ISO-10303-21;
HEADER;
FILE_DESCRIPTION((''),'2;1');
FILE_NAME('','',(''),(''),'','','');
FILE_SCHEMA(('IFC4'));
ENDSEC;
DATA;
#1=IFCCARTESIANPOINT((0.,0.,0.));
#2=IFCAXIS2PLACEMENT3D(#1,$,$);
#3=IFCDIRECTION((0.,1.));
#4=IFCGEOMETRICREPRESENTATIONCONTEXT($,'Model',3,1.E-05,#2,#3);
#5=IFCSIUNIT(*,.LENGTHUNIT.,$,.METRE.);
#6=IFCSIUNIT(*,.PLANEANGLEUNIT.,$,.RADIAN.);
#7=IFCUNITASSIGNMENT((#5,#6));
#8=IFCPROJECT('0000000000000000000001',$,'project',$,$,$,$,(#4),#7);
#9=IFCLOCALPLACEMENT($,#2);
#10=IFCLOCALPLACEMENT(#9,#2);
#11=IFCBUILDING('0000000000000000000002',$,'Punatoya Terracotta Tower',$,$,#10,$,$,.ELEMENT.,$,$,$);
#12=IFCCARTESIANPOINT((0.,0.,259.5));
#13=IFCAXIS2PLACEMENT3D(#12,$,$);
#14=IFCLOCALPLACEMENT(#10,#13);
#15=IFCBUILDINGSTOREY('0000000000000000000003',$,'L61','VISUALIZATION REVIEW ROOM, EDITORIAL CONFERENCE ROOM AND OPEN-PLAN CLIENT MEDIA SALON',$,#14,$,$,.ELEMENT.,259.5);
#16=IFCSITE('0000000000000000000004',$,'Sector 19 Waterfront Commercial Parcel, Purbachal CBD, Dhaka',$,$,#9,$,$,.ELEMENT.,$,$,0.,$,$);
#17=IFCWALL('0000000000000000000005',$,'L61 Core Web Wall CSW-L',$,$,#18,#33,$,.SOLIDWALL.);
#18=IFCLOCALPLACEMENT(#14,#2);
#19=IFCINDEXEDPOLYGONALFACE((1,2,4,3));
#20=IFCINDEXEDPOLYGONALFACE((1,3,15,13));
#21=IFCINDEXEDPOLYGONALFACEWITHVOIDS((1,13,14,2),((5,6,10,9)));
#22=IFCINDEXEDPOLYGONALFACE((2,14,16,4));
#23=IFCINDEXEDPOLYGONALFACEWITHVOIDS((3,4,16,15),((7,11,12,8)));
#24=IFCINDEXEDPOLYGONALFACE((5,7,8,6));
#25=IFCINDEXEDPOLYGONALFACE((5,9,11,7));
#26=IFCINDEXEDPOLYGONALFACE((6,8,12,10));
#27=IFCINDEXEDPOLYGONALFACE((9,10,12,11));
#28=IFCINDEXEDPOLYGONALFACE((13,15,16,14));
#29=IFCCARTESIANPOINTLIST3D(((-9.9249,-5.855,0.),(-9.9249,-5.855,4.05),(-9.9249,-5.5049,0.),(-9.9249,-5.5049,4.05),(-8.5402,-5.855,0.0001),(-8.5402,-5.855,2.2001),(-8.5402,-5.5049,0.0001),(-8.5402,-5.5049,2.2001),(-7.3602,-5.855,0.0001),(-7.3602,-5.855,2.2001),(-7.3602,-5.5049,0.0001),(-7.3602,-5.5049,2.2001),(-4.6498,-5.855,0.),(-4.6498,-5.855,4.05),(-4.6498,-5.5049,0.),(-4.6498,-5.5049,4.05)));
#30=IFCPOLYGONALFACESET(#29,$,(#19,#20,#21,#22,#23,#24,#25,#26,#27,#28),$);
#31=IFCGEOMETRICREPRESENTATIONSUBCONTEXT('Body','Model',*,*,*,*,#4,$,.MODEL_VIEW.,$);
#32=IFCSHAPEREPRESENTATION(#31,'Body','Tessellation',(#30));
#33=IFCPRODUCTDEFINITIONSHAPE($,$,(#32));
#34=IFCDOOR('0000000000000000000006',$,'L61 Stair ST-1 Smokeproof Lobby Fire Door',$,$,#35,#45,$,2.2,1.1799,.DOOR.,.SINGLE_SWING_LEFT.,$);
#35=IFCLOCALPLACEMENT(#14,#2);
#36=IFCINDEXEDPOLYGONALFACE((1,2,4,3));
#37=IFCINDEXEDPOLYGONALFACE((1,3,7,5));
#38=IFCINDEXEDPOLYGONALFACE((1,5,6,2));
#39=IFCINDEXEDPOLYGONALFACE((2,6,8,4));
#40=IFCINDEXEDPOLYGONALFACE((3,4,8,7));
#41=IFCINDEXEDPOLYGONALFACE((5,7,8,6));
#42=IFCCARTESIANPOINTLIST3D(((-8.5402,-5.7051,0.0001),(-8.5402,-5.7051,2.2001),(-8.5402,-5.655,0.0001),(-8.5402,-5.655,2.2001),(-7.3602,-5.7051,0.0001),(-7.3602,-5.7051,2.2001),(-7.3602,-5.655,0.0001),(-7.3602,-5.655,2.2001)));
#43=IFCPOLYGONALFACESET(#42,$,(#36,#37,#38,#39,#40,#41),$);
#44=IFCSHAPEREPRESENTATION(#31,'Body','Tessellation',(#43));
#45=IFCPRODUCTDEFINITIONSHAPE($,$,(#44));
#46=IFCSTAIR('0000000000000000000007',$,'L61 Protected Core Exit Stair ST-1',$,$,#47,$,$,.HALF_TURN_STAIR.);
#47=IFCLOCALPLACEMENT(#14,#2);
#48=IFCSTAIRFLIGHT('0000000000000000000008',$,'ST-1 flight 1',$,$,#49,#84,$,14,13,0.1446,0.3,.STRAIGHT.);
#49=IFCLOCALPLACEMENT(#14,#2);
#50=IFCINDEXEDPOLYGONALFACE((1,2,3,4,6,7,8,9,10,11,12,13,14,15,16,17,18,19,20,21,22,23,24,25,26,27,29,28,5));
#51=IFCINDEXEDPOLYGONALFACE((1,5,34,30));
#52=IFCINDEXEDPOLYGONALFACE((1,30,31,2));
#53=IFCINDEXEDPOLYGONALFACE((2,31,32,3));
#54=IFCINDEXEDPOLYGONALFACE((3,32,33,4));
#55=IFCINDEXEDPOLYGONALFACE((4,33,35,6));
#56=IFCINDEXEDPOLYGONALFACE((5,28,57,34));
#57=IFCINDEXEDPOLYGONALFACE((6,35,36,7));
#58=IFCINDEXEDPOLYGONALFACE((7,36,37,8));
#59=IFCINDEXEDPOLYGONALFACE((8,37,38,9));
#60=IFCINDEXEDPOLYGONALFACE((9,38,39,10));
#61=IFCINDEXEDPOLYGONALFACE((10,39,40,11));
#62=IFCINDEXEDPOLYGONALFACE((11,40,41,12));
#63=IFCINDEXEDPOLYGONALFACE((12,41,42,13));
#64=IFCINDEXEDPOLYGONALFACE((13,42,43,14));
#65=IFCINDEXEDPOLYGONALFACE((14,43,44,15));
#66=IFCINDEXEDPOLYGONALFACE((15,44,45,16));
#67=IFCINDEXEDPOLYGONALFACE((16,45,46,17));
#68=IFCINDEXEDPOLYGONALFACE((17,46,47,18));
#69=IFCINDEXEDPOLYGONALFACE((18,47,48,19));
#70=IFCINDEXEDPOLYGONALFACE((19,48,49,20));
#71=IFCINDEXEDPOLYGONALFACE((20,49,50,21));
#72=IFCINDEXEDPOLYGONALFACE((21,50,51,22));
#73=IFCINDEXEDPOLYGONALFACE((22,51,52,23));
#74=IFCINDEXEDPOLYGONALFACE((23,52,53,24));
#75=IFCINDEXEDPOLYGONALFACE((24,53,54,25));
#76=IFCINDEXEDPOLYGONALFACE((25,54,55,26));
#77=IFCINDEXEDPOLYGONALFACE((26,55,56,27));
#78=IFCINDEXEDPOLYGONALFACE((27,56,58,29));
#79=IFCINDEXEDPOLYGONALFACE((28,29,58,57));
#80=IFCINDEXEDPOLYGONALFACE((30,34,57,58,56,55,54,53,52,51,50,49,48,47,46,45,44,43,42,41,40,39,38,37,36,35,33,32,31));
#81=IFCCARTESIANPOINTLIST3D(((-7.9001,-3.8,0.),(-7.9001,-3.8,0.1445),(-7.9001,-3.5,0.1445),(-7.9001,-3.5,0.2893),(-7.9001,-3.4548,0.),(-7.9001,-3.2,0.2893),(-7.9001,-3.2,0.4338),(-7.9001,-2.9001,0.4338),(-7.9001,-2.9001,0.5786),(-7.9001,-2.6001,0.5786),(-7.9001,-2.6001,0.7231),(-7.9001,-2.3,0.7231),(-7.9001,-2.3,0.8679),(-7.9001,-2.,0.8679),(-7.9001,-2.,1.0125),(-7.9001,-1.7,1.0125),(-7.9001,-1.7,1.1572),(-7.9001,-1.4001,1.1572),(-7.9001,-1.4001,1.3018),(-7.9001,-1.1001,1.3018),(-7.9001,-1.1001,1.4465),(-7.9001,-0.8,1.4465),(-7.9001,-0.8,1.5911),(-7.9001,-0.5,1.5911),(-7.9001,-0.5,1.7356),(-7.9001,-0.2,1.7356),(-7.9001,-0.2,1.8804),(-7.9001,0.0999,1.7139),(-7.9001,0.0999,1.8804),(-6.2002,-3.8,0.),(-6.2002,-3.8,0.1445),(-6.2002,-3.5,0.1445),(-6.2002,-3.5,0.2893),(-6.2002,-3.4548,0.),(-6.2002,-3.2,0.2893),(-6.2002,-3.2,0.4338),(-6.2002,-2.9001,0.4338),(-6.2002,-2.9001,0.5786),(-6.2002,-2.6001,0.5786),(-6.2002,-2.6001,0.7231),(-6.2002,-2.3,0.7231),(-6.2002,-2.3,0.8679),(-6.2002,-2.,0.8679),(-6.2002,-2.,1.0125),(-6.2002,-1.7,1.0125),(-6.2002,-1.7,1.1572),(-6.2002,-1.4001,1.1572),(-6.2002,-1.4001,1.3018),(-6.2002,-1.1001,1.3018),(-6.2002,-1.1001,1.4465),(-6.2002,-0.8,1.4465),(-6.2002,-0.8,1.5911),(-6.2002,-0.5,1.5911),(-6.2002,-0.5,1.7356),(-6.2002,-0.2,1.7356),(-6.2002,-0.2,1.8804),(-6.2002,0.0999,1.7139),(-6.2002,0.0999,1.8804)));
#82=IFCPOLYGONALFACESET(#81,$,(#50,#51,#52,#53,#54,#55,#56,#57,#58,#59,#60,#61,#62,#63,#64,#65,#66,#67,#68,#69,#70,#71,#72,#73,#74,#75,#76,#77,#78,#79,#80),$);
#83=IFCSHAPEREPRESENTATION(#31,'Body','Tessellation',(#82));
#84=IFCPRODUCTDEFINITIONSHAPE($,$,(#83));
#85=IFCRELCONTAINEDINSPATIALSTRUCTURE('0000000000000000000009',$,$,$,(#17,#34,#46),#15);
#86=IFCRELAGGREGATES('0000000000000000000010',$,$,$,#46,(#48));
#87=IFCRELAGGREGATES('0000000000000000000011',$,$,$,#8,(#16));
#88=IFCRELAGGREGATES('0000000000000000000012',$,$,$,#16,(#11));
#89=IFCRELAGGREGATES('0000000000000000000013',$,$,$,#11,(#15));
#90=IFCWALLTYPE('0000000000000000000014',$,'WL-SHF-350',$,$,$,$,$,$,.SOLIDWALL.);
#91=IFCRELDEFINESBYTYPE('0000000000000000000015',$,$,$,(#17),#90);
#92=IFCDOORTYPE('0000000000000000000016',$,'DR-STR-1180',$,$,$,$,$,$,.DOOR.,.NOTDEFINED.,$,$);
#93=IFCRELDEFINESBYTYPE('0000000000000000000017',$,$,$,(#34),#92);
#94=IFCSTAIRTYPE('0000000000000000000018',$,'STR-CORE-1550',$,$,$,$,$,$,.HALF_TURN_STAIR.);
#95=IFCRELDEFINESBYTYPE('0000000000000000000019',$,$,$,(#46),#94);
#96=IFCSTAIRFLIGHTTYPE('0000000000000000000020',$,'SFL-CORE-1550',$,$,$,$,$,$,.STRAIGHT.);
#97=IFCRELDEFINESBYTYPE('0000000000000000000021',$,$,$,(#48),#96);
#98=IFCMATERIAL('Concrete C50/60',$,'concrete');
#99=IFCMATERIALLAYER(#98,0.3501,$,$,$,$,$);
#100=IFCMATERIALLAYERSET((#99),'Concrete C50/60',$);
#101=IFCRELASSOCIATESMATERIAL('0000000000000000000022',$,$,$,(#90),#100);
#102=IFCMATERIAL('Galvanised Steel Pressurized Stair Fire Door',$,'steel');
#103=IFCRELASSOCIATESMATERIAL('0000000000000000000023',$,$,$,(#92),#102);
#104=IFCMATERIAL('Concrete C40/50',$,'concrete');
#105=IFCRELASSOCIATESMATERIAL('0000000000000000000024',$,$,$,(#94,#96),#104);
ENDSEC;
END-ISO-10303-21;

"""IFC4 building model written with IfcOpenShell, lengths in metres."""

from ifc_helpers import new_model, si_unit, direction, frame, frame_2d, origin, place, context, subcontext, project, spatial, polyline, rectangle, outline, extrude, material, layer, layer_set, type_object, element, fill, aggregate, save


model = new_model("IFC4")

# Units and contexts
model_context = context("Model", 3, precision=1e-05, world=origin(), true_north=direction((0.0, 1.0)))
body_context = subcontext(model_context, "Body", "Model", "MODEL_VIEW")
ifc_project = project(units=[si_unit("LENGTHUNIT", "METRE"), si_unit("PLANEANGLEUNIT", "RADIAN")], contexts=[model_context])

# Site, building, storey
site_placement = place(None, origin())
site = spatial("IfcSite", under=ifc_project, at=site_placement, Name="Sector 19 Waterfront Commercial Parcel, Purbachal CBD, Dhaka", CompositionType="ELEMENT", RefElevation=0.0)
building_placement = place(site_placement, origin())
building = spatial("IfcBuilding", under=site, at=building_placement, Name="Punatoya Terracotta Tower", CompositionType="ELEMENT")
storey_placement = place(building_placement, frame((0.0, 0.0, 259.5)))
storey = spatial("IfcBuildingStorey", under=building, at=storey_placement, Name="L61", Description="VISUALIZATION REVIEW ROOM, EDITORIAL CONFERENCE ROOM AND OPEN-PLAN CLIENT MEDIA SALON", CompositionType="ELEMENT", Elevation=259.5)

# Shared definitions
ifc_material_1 = material(Name="Concrete C50/60", Category="concrete")

# Shared definitions
ifc_material_2 = material(Name="Concrete C40/50", Category="concrete")

# Wall, opening, door
ifc_layer_1 = layer(ifc_material_1, 0.3501)
ifc_layer_set_1 = layer_set([ifc_layer_1], Name="Concrete C50/60")
wall_type_1 = type_object("IfcWallType", Name="WL-SHF-350", PredefinedType="SOLIDWALL", material=ifc_layer_set_1)
wall_1_placement = place(storey_placement, frame((-9.925, -5.6799, 0.0), z_axis=(0.0, 0.0, 1.0), x_axis=(1.0, 0.0, 0.0)))
wall_1 = element("IfcWall", 1, at=wall_1_placement, inside=storey, type_object=wall_type_1, Name="L61 Core Web Wall CSW-L", PredefinedType="SOLIDWALL", context=body_context, shape_type="SweptSolid", body=[
    extrude(rectangle(XDim=5.2751, YDim=0.3501, at=frame_2d((2.6377, 0.0))), origin(), (0.0, 0.0, 1.0), 4.05),
])
opening_1_placement = place(wall_1_placement, frame((1.385, 0.0, 0.0)))
opening_1 = element("IfcOpeningElement", 2, at=opening_1_placement, cuts=wall_1, PredefinedType="OPENING", context=body_context, shape_type="SweptSolid", body=[
    extrude(rectangle(XDim=1.1799, YDim=2.2, at=frame_2d((0.5898, 1.1001))), frame((0.0, 0.1851, 0.0), z_axis=(0.0, -1.0, 0.0), x_axis=(1.0, 0.0, 0.0)), (0.0, 0.0, 1.0), 0.3701),
])
ifc_material_3 = material(Name="Galvanised Steel Pressurized Stair Fire Door", Category="steel")
door_type_1 = type_object("IfcDoorType", Name="DR-STR-1180", OperationType="NOTDEFINED", PredefinedType="DOOR", material=ifc_material_3)
door_1_placement = place(opening_1_placement, origin())
door_1 = element("IfcDoor", 3, at=door_1_placement, inside=storey, type_object=door_type_1, Name="L61 Stair ST-1 Smokeproof Lobby Fire Door", OperationType="SINGLE_SWING_LEFT", OverallHeight=2.2, OverallWidth=1.1799, PredefinedType="DOOR", context=body_context, shape_type="SweptSolid", body=[
    extrude(rectangle(XDim=1.1799, YDim=2.2, at=frame_2d((0.5898, 1.1001))), frame((0.0, 0.0249, 0.0), z_axis=(0.0, -1.0, 0.0), x_axis=(1.0, 0.0, 0.0)), (0.0, 0.0, 1.0), 0.05),
])
fill(opening_1, door_1)

# Stair, stair flight
stair_type = type_object("IfcStairType", Name="STR-CORE-1550", PredefinedType="HALF_TURN_STAIR", material=ifc_material_2)
stair_placement = place(storey_placement, origin())
stair = element("IfcStair", 4, at=stair_placement, inside=storey, type_object=stair_type, Name="L61 Protected Core Exit Stair ST-1", PredefinedType="HALF_TURN_STAIR")
stair_flight_type = type_object("IfcStairFlightType", Name="SFL-CORE-1550", PredefinedType="STRAIGHT", material=ifc_material_2)
stair_flight_placement = place(storey_placement, frame((-7.05, -3.8, 0.0), z_axis=(0.0, 0.0, 1.0), x_axis=(0.0, 1.0, 0.0)))
stair_flight = element("IfcStairFlight", 5, at=stair_flight_placement, type_object=stair_flight_type, Name="ST-1 flight 1", NumberOfRisers=14, NumberOfTreads=13, PredefinedType="STRAIGHT", RiserHeight=0.1446, TreadLength=0.3, context=body_context, shape_type="SweptSolid", body=[
    extrude(outline(polyline([(0.0, 0.0), (0.0, 0.1445), (0.3, 0.1445), (0.3, 0.2893), (0.6001, 0.2893), (0.6001, 0.4338), (0.8999, 0.4338), (0.8999, 0.5786), (1.2, 0.5786), (1.2, 0.7231), (1.5, 0.7231), (1.5, 0.8679), (1.8, 0.8679), (1.8, 1.0125), (2.1001, 1.0125), (2.1001, 1.1572), (2.3999, 1.1572), (2.3999, 1.3018), (2.7, 1.3018), (2.7, 1.4465), (3.0, 1.4465), (3.0, 1.5911), (3.3, 1.5911), (3.3, 1.7356), (3.6001, 1.7356), (3.6001, 1.8804), (3.8999, 1.8804), (3.8999, 2.0249), (3.8999, 1.7139), (0.3452, 0.0), (0.0, 0.0)])), frame((0.0, 0.8501, 0.0), z_axis=(0.0, -1.0, 0.0), x_axis=(1.0, 0.0, 0.0)), (0.0, 0.0, 1.0), 1.7),
])
aggregate(stair, [stair_flight])

save(model, "model.ifc")
